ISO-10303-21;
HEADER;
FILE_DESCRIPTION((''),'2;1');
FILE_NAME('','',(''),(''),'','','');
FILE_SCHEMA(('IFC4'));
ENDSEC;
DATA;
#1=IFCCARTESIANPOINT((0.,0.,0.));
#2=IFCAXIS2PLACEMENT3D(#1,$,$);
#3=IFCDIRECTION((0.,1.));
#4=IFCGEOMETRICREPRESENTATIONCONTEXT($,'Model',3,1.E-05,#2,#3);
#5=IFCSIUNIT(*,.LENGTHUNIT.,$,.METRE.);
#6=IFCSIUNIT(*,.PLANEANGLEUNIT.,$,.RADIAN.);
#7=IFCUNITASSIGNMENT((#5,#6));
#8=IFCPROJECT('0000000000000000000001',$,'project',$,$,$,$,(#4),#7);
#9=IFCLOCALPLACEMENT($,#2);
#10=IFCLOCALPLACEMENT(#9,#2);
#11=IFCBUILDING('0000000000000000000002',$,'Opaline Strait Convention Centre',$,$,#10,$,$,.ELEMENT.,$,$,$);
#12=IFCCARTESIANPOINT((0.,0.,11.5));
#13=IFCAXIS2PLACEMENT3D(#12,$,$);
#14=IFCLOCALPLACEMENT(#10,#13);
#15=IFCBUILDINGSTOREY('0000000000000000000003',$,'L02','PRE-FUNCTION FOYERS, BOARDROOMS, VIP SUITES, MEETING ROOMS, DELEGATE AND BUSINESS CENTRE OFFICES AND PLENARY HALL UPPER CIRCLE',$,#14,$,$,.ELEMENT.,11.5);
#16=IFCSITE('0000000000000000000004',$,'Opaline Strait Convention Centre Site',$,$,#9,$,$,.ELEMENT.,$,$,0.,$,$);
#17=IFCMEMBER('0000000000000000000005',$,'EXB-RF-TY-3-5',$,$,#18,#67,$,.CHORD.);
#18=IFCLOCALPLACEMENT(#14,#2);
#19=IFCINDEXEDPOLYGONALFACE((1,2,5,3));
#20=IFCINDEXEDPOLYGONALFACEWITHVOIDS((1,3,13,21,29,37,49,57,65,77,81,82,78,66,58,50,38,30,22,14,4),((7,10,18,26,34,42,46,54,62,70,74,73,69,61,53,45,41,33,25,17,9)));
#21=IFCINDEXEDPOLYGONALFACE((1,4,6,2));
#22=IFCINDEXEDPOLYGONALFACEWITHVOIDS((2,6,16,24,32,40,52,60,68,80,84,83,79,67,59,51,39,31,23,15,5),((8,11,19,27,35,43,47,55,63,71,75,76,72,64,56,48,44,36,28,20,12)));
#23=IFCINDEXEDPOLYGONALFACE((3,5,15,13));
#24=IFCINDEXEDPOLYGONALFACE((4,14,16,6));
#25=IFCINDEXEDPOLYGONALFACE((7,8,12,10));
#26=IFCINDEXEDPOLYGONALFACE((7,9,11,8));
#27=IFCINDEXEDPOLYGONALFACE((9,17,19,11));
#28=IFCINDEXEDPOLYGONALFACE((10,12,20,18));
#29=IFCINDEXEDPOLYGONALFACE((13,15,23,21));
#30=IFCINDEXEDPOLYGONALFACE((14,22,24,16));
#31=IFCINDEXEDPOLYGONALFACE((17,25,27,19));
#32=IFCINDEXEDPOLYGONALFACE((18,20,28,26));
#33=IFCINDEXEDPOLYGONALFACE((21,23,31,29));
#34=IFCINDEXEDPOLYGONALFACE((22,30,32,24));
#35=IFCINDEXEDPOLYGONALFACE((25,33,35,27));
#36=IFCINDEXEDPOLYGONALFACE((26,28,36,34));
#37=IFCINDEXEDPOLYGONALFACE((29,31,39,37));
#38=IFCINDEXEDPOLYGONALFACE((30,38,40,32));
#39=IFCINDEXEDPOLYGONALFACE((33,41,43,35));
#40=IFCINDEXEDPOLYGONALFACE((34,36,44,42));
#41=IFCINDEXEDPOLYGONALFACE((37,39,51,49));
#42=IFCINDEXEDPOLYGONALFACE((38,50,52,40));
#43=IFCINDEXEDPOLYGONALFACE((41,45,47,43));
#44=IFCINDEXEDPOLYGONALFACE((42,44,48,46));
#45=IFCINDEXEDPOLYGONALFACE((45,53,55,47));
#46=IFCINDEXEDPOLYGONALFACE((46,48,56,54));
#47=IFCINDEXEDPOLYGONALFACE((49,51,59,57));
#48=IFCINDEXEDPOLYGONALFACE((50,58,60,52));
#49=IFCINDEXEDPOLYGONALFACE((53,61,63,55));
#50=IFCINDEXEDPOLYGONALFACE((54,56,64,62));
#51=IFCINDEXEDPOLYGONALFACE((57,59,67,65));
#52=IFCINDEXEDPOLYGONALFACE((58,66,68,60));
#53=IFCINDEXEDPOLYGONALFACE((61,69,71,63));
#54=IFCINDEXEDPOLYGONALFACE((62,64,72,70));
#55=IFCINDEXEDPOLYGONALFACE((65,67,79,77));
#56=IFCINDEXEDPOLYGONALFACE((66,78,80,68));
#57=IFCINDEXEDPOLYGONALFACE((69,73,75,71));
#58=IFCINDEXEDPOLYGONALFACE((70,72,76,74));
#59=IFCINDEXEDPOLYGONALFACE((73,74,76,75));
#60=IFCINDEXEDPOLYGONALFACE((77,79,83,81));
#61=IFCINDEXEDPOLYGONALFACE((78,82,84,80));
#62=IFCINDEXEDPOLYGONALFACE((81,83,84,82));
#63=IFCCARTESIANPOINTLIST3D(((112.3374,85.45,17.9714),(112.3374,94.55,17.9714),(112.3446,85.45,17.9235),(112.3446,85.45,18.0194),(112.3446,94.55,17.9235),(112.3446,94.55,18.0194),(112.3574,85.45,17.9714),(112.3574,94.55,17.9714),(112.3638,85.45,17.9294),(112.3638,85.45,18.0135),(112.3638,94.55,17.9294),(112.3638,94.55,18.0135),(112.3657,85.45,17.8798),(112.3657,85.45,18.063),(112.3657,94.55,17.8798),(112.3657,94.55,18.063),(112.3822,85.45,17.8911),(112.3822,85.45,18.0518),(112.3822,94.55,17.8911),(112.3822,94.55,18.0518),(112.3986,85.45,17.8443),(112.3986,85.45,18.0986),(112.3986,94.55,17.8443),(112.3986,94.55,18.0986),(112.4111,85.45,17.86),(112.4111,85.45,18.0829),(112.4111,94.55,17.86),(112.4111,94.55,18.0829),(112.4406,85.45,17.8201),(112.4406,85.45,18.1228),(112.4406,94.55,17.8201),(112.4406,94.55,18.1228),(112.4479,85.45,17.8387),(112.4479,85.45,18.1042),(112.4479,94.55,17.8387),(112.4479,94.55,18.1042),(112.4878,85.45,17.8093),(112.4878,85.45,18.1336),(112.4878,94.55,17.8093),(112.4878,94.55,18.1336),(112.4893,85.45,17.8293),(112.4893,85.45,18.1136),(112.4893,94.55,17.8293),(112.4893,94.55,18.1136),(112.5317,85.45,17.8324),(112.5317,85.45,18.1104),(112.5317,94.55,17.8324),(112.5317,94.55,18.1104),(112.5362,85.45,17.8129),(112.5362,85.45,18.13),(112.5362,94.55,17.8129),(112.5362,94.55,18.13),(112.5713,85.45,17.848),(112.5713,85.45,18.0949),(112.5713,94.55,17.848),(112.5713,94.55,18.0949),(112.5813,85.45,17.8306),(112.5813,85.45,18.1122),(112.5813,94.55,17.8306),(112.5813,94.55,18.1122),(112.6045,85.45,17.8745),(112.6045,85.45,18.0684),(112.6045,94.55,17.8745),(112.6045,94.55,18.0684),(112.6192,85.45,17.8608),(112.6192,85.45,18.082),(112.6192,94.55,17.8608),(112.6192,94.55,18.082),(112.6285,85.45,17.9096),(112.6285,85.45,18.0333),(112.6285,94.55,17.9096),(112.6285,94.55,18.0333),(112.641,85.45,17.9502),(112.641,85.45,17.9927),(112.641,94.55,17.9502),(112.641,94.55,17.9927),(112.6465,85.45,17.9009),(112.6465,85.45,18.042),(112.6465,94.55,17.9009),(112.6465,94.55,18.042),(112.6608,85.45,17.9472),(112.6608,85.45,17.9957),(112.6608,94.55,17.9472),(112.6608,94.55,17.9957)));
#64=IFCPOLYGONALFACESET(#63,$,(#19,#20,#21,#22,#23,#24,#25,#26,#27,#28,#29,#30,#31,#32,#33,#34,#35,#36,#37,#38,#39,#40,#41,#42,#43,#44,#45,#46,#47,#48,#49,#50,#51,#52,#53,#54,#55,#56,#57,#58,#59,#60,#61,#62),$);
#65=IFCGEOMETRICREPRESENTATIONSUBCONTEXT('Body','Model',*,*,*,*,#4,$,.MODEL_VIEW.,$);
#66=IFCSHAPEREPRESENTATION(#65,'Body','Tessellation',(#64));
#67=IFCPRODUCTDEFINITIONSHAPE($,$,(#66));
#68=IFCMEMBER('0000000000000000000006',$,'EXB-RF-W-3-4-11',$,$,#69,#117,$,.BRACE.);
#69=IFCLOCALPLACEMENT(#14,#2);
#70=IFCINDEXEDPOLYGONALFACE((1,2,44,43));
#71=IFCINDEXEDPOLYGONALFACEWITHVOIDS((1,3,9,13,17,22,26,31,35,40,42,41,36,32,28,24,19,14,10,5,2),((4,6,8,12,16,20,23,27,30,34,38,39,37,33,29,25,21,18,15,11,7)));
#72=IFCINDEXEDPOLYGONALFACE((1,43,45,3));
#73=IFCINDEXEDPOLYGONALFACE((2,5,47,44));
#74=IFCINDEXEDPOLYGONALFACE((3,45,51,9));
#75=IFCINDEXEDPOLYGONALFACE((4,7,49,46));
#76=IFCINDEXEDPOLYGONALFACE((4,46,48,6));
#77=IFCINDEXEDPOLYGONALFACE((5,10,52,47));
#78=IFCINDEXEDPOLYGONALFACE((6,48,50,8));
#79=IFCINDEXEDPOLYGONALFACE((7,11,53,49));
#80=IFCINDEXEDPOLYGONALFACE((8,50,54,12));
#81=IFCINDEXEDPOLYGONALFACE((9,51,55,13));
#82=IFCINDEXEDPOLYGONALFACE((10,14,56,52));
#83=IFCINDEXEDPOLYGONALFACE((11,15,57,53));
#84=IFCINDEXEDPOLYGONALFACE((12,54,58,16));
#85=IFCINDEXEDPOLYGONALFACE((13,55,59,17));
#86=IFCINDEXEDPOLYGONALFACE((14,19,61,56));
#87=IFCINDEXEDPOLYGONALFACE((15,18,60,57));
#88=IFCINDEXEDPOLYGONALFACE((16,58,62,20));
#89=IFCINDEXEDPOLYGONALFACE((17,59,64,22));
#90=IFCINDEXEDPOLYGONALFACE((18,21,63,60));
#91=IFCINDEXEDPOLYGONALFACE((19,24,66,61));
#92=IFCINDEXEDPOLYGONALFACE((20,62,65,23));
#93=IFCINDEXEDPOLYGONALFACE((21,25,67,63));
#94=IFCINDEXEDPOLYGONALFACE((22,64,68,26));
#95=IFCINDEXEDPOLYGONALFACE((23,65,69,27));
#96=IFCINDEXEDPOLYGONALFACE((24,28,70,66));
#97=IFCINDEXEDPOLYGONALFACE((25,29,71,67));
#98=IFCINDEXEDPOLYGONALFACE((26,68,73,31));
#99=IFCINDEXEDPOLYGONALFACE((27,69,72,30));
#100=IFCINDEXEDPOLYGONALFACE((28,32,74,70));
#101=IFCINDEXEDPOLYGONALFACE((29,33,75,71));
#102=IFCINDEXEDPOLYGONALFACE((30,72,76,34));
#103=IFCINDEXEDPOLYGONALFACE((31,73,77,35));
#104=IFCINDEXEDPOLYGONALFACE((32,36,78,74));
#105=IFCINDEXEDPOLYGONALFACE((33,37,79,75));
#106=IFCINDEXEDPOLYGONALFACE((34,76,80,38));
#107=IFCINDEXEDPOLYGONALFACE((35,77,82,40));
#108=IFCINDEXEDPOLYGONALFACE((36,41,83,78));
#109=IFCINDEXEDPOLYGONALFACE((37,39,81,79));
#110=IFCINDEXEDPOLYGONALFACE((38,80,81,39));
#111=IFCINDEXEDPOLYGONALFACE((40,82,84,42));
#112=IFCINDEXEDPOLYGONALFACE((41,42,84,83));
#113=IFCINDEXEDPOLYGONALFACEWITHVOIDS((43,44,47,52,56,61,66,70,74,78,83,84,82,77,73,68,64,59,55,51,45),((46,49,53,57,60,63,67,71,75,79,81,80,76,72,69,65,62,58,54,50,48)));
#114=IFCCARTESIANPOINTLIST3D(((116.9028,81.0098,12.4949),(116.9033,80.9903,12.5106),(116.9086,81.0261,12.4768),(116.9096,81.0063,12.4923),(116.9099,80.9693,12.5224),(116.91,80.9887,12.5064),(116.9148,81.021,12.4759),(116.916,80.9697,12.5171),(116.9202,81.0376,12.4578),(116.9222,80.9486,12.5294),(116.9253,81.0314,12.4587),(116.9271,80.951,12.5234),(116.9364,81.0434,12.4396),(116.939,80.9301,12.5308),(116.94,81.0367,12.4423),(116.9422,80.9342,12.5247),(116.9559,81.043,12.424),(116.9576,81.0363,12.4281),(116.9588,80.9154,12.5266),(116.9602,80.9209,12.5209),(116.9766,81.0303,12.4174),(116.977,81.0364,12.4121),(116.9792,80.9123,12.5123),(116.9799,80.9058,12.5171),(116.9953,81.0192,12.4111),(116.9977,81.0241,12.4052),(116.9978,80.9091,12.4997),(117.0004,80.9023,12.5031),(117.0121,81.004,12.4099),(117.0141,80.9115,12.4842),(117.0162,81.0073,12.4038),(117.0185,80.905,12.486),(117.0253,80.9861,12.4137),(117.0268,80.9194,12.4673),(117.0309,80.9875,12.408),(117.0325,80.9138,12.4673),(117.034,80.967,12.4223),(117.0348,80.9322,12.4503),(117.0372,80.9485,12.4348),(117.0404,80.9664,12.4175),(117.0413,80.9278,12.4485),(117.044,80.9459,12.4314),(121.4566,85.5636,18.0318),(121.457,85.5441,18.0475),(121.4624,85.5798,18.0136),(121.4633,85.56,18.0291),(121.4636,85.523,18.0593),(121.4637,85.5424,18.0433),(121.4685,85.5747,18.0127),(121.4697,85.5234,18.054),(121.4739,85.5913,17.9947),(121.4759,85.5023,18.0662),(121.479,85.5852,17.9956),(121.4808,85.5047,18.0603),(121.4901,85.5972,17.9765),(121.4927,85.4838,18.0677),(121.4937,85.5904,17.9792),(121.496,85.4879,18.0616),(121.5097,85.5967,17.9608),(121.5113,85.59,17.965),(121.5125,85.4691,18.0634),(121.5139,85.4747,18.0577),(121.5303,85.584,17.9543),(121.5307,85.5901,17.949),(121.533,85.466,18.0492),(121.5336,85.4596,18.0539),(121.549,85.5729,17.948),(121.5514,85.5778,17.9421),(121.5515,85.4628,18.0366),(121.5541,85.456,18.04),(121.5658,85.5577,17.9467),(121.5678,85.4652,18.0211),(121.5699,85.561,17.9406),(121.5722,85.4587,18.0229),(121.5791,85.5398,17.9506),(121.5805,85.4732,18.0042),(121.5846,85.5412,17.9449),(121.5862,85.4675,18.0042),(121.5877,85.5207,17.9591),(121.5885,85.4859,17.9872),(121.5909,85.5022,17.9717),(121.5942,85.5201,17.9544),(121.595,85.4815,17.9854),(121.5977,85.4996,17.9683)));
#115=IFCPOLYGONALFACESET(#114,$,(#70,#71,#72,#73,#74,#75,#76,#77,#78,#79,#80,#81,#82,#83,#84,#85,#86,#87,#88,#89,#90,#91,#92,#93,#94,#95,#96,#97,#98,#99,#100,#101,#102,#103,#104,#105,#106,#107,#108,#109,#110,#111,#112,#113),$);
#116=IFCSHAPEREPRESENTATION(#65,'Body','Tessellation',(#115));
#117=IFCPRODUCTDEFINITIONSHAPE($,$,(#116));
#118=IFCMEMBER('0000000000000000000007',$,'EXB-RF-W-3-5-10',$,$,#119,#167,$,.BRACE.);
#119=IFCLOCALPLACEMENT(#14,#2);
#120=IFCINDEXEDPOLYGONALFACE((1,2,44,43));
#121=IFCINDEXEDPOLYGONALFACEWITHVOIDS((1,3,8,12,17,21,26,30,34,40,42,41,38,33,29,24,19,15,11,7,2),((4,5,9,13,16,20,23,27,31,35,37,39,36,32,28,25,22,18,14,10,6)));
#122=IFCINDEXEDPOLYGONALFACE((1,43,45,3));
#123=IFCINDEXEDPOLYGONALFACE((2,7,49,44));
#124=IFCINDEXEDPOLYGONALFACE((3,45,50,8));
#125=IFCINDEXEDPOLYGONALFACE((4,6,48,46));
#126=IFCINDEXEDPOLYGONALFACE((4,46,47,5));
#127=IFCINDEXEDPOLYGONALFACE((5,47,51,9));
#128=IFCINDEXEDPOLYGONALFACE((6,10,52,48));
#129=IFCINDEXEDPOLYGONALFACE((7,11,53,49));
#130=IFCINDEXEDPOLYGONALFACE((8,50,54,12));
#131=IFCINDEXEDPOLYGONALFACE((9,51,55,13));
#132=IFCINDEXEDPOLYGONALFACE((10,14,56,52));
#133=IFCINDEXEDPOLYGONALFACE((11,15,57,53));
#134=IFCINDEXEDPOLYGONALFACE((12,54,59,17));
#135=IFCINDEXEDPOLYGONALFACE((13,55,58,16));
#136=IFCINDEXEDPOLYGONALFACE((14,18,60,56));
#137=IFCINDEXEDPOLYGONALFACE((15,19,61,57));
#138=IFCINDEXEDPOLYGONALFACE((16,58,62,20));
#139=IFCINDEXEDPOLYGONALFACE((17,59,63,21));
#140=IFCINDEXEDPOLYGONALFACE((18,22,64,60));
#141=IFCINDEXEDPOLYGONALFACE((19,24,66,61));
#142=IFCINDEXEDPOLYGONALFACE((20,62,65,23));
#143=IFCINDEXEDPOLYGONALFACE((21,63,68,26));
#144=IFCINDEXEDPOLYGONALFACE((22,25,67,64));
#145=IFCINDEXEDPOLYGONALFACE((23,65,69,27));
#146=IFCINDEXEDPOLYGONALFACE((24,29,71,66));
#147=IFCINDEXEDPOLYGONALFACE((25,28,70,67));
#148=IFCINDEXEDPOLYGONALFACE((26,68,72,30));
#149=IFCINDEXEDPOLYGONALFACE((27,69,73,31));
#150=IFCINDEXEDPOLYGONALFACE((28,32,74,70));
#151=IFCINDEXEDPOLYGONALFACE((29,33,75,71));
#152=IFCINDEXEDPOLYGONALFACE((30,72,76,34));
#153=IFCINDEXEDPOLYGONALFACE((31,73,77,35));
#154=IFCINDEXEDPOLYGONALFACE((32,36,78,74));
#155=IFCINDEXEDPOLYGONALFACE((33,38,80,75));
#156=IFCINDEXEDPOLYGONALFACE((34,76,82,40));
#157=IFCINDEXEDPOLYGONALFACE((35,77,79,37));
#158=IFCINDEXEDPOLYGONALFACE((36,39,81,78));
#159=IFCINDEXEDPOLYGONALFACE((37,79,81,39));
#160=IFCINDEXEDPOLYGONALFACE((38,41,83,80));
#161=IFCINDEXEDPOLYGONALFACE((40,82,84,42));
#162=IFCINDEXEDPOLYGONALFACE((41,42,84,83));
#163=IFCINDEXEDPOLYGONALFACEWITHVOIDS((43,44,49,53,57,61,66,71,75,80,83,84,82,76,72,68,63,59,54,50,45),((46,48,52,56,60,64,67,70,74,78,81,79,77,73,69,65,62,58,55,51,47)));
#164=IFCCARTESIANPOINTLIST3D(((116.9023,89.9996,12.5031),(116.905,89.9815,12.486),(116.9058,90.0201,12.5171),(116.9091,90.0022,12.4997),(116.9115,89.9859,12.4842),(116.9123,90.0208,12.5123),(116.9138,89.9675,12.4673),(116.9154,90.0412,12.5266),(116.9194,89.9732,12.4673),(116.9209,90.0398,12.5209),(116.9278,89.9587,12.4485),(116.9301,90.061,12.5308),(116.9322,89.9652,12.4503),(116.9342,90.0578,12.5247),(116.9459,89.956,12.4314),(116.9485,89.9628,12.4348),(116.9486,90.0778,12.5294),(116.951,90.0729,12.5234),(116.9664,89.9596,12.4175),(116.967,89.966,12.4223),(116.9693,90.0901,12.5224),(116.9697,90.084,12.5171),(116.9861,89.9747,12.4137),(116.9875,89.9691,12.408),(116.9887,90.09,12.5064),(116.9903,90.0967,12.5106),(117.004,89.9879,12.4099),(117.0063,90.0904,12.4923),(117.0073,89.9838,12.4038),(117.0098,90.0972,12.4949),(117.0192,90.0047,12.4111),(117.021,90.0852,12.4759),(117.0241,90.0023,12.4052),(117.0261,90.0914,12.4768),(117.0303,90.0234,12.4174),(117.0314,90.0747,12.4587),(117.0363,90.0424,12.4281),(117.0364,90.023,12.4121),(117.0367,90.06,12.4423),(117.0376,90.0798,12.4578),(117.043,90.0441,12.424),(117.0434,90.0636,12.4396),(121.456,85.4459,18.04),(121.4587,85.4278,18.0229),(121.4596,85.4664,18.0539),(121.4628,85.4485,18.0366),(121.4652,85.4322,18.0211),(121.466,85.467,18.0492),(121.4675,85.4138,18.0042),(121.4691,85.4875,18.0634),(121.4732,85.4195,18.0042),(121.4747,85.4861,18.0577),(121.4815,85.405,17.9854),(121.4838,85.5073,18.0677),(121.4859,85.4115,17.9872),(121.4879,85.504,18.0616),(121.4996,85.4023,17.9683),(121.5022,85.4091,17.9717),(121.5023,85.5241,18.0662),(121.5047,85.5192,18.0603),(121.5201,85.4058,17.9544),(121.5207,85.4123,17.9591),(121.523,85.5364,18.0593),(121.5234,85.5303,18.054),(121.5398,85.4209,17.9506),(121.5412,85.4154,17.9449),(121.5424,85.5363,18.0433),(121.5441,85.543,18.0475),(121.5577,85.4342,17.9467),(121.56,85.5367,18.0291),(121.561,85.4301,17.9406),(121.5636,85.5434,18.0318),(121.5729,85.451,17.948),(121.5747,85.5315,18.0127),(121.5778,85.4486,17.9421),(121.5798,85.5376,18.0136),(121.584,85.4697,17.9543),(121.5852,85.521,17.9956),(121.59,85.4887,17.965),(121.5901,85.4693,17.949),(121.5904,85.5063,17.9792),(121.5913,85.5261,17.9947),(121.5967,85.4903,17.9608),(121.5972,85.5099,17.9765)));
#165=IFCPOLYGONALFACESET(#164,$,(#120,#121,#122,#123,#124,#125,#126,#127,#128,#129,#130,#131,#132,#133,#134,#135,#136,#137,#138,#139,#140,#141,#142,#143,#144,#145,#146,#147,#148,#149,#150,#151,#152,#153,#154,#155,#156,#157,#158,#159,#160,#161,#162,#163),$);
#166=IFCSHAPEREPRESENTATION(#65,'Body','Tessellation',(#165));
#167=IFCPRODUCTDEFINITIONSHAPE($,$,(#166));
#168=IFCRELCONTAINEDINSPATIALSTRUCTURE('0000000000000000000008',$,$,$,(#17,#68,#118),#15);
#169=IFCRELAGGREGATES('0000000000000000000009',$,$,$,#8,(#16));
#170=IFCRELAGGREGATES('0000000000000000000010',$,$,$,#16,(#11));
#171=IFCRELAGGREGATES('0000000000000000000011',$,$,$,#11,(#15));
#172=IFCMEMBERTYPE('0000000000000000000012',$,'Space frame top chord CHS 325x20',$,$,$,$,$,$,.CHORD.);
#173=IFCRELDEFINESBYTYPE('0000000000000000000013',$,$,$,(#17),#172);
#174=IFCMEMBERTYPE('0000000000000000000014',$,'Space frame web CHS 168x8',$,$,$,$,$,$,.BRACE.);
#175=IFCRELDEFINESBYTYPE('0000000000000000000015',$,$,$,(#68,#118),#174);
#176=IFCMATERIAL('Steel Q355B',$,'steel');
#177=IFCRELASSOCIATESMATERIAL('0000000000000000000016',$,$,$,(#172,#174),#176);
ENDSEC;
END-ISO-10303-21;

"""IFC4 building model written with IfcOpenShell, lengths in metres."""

from ifc_helpers import new_model, si_unit, direction, frame, origin, origin_2d, place, context, subcontext, project, spatial, hollow_circle, extrude, material, material_profile, profile_set, type_object, element, save


model = new_model("IFC4")

# Units and contexts
model_context = context("Model", 3, precision=1e-05, world=origin(), true_north=direction((0.0, 1.0)))
body_context = subcontext(model_context, "Body", "Model", "MODEL_VIEW")
ifc_project = project(units=[si_unit("LENGTHUNIT", "METRE"), si_unit("PLANEANGLEUNIT", "RADIAN")], contexts=[model_context])

# Site, building, storey
site_placement = place(None, origin())
site = spatial("IfcSite", under=ifc_project, at=site_placement, Name="Opaline Strait Convention Centre Site", CompositionType="ELEMENT", RefElevation=0.0)
building_placement = place(site_placement, origin())
building = spatial("IfcBuilding", under=site, at=building_placement, Name="Opaline Strait Convention Centre", CompositionType="ELEMENT")
storey_placement = place(building_placement, frame((0.0, 0.0, 11.5)))
storey = spatial("IfcBuildingStorey", under=building, at=storey_placement, Name="L02", Description="PRE-FUNCTION FOYERS, BOARDROOMS, VIP SUITES, MEETING ROOMS, DELEGATE AND BUSINESS CENTRE OFFICES AND PLENARY HALL UPPER CIRCLE", CompositionType="ELEMENT", Elevation=11.5)

# Members
ifc_material = material(Name="Steel Q355B", Category="steel")
ifc_material_profile_1 = material_profile(ifc_material, hollow_circle(Radius=0.1626, WallThickness=0.02, at=origin_2d()), Name="CHS 325x20")
ifc_profile_set_1 = profile_set([ifc_material_profile_1], Name="Steel Q355B")
member_type_1 = type_object("IfcMemberType", Name="Space frame top chord CHS 325x20", PredefinedType="CHORD", material=ifc_profile_set_1)
member_1_placement = place(storey_placement, frame((112.5, 85.45, 17.9714), z_axis=(0.0, 1.0, 0.0), x_axis=(-1.0, 0.0, 0.0)))
element("IfcMember", 1, at=member_1_placement, inside=storey, type_object=member_type_1, Name="EXB-RF-TY-3-5", PredefinedType="CHORD", context=body_context, shape_type="SweptSolid", body=[
    extrude(hollow_circle(Radius=0.1626, WallThickness=0.02, at=origin_2d()), origin(), (0.0, 0.0, 1.0), 9.1001),
])
ifc_material_profile_2 = material_profile(ifc_material, hollow_circle(Radius=0.084, WallThickness=0.0081, at=origin_2d()), Name="CHS 168x8")
ifc_profile_set_2 = profile_set([ifc_material_profile_2], Name="Steel Q355B")
member_type_2 = type_object("IfcMemberType", Name="Space frame web CHS 168x8", PredefinedType="BRACE", material=ifc_profile_set_2)
for number, where, z_axis, x_axis, name in (
    (2, (121.5269, 85.5269, 18.0042), (-0.536178, -0.536178, -0.65194), (0.707107, -0.707107, 0.0), "EXB-RF-W-3-4-11"),
    (3, (121.5269, 85.4731, 18.0042), (-0.536178, 0.536178, -0.65194), (-0.707107, -0.707107, 0.0), "EXB-RF-W-3-5-10"),
):
    element("IfcMember", number, at=place(storey_placement, frame(where, z_axis=z_axis, x_axis=x_axis)), inside=storey, type_object=member_type_2, Name=name, PredefinedType="BRACE", context=body_context, shape_type="SweptSolid", body=[
        extrude(hollow_circle(Radius=0.084, WallThickness=0.0081, at=origin_2d()), origin(), (0.0, 0.0, 1.0), 8.4929),
    ])

save(model, "model.ifc")
